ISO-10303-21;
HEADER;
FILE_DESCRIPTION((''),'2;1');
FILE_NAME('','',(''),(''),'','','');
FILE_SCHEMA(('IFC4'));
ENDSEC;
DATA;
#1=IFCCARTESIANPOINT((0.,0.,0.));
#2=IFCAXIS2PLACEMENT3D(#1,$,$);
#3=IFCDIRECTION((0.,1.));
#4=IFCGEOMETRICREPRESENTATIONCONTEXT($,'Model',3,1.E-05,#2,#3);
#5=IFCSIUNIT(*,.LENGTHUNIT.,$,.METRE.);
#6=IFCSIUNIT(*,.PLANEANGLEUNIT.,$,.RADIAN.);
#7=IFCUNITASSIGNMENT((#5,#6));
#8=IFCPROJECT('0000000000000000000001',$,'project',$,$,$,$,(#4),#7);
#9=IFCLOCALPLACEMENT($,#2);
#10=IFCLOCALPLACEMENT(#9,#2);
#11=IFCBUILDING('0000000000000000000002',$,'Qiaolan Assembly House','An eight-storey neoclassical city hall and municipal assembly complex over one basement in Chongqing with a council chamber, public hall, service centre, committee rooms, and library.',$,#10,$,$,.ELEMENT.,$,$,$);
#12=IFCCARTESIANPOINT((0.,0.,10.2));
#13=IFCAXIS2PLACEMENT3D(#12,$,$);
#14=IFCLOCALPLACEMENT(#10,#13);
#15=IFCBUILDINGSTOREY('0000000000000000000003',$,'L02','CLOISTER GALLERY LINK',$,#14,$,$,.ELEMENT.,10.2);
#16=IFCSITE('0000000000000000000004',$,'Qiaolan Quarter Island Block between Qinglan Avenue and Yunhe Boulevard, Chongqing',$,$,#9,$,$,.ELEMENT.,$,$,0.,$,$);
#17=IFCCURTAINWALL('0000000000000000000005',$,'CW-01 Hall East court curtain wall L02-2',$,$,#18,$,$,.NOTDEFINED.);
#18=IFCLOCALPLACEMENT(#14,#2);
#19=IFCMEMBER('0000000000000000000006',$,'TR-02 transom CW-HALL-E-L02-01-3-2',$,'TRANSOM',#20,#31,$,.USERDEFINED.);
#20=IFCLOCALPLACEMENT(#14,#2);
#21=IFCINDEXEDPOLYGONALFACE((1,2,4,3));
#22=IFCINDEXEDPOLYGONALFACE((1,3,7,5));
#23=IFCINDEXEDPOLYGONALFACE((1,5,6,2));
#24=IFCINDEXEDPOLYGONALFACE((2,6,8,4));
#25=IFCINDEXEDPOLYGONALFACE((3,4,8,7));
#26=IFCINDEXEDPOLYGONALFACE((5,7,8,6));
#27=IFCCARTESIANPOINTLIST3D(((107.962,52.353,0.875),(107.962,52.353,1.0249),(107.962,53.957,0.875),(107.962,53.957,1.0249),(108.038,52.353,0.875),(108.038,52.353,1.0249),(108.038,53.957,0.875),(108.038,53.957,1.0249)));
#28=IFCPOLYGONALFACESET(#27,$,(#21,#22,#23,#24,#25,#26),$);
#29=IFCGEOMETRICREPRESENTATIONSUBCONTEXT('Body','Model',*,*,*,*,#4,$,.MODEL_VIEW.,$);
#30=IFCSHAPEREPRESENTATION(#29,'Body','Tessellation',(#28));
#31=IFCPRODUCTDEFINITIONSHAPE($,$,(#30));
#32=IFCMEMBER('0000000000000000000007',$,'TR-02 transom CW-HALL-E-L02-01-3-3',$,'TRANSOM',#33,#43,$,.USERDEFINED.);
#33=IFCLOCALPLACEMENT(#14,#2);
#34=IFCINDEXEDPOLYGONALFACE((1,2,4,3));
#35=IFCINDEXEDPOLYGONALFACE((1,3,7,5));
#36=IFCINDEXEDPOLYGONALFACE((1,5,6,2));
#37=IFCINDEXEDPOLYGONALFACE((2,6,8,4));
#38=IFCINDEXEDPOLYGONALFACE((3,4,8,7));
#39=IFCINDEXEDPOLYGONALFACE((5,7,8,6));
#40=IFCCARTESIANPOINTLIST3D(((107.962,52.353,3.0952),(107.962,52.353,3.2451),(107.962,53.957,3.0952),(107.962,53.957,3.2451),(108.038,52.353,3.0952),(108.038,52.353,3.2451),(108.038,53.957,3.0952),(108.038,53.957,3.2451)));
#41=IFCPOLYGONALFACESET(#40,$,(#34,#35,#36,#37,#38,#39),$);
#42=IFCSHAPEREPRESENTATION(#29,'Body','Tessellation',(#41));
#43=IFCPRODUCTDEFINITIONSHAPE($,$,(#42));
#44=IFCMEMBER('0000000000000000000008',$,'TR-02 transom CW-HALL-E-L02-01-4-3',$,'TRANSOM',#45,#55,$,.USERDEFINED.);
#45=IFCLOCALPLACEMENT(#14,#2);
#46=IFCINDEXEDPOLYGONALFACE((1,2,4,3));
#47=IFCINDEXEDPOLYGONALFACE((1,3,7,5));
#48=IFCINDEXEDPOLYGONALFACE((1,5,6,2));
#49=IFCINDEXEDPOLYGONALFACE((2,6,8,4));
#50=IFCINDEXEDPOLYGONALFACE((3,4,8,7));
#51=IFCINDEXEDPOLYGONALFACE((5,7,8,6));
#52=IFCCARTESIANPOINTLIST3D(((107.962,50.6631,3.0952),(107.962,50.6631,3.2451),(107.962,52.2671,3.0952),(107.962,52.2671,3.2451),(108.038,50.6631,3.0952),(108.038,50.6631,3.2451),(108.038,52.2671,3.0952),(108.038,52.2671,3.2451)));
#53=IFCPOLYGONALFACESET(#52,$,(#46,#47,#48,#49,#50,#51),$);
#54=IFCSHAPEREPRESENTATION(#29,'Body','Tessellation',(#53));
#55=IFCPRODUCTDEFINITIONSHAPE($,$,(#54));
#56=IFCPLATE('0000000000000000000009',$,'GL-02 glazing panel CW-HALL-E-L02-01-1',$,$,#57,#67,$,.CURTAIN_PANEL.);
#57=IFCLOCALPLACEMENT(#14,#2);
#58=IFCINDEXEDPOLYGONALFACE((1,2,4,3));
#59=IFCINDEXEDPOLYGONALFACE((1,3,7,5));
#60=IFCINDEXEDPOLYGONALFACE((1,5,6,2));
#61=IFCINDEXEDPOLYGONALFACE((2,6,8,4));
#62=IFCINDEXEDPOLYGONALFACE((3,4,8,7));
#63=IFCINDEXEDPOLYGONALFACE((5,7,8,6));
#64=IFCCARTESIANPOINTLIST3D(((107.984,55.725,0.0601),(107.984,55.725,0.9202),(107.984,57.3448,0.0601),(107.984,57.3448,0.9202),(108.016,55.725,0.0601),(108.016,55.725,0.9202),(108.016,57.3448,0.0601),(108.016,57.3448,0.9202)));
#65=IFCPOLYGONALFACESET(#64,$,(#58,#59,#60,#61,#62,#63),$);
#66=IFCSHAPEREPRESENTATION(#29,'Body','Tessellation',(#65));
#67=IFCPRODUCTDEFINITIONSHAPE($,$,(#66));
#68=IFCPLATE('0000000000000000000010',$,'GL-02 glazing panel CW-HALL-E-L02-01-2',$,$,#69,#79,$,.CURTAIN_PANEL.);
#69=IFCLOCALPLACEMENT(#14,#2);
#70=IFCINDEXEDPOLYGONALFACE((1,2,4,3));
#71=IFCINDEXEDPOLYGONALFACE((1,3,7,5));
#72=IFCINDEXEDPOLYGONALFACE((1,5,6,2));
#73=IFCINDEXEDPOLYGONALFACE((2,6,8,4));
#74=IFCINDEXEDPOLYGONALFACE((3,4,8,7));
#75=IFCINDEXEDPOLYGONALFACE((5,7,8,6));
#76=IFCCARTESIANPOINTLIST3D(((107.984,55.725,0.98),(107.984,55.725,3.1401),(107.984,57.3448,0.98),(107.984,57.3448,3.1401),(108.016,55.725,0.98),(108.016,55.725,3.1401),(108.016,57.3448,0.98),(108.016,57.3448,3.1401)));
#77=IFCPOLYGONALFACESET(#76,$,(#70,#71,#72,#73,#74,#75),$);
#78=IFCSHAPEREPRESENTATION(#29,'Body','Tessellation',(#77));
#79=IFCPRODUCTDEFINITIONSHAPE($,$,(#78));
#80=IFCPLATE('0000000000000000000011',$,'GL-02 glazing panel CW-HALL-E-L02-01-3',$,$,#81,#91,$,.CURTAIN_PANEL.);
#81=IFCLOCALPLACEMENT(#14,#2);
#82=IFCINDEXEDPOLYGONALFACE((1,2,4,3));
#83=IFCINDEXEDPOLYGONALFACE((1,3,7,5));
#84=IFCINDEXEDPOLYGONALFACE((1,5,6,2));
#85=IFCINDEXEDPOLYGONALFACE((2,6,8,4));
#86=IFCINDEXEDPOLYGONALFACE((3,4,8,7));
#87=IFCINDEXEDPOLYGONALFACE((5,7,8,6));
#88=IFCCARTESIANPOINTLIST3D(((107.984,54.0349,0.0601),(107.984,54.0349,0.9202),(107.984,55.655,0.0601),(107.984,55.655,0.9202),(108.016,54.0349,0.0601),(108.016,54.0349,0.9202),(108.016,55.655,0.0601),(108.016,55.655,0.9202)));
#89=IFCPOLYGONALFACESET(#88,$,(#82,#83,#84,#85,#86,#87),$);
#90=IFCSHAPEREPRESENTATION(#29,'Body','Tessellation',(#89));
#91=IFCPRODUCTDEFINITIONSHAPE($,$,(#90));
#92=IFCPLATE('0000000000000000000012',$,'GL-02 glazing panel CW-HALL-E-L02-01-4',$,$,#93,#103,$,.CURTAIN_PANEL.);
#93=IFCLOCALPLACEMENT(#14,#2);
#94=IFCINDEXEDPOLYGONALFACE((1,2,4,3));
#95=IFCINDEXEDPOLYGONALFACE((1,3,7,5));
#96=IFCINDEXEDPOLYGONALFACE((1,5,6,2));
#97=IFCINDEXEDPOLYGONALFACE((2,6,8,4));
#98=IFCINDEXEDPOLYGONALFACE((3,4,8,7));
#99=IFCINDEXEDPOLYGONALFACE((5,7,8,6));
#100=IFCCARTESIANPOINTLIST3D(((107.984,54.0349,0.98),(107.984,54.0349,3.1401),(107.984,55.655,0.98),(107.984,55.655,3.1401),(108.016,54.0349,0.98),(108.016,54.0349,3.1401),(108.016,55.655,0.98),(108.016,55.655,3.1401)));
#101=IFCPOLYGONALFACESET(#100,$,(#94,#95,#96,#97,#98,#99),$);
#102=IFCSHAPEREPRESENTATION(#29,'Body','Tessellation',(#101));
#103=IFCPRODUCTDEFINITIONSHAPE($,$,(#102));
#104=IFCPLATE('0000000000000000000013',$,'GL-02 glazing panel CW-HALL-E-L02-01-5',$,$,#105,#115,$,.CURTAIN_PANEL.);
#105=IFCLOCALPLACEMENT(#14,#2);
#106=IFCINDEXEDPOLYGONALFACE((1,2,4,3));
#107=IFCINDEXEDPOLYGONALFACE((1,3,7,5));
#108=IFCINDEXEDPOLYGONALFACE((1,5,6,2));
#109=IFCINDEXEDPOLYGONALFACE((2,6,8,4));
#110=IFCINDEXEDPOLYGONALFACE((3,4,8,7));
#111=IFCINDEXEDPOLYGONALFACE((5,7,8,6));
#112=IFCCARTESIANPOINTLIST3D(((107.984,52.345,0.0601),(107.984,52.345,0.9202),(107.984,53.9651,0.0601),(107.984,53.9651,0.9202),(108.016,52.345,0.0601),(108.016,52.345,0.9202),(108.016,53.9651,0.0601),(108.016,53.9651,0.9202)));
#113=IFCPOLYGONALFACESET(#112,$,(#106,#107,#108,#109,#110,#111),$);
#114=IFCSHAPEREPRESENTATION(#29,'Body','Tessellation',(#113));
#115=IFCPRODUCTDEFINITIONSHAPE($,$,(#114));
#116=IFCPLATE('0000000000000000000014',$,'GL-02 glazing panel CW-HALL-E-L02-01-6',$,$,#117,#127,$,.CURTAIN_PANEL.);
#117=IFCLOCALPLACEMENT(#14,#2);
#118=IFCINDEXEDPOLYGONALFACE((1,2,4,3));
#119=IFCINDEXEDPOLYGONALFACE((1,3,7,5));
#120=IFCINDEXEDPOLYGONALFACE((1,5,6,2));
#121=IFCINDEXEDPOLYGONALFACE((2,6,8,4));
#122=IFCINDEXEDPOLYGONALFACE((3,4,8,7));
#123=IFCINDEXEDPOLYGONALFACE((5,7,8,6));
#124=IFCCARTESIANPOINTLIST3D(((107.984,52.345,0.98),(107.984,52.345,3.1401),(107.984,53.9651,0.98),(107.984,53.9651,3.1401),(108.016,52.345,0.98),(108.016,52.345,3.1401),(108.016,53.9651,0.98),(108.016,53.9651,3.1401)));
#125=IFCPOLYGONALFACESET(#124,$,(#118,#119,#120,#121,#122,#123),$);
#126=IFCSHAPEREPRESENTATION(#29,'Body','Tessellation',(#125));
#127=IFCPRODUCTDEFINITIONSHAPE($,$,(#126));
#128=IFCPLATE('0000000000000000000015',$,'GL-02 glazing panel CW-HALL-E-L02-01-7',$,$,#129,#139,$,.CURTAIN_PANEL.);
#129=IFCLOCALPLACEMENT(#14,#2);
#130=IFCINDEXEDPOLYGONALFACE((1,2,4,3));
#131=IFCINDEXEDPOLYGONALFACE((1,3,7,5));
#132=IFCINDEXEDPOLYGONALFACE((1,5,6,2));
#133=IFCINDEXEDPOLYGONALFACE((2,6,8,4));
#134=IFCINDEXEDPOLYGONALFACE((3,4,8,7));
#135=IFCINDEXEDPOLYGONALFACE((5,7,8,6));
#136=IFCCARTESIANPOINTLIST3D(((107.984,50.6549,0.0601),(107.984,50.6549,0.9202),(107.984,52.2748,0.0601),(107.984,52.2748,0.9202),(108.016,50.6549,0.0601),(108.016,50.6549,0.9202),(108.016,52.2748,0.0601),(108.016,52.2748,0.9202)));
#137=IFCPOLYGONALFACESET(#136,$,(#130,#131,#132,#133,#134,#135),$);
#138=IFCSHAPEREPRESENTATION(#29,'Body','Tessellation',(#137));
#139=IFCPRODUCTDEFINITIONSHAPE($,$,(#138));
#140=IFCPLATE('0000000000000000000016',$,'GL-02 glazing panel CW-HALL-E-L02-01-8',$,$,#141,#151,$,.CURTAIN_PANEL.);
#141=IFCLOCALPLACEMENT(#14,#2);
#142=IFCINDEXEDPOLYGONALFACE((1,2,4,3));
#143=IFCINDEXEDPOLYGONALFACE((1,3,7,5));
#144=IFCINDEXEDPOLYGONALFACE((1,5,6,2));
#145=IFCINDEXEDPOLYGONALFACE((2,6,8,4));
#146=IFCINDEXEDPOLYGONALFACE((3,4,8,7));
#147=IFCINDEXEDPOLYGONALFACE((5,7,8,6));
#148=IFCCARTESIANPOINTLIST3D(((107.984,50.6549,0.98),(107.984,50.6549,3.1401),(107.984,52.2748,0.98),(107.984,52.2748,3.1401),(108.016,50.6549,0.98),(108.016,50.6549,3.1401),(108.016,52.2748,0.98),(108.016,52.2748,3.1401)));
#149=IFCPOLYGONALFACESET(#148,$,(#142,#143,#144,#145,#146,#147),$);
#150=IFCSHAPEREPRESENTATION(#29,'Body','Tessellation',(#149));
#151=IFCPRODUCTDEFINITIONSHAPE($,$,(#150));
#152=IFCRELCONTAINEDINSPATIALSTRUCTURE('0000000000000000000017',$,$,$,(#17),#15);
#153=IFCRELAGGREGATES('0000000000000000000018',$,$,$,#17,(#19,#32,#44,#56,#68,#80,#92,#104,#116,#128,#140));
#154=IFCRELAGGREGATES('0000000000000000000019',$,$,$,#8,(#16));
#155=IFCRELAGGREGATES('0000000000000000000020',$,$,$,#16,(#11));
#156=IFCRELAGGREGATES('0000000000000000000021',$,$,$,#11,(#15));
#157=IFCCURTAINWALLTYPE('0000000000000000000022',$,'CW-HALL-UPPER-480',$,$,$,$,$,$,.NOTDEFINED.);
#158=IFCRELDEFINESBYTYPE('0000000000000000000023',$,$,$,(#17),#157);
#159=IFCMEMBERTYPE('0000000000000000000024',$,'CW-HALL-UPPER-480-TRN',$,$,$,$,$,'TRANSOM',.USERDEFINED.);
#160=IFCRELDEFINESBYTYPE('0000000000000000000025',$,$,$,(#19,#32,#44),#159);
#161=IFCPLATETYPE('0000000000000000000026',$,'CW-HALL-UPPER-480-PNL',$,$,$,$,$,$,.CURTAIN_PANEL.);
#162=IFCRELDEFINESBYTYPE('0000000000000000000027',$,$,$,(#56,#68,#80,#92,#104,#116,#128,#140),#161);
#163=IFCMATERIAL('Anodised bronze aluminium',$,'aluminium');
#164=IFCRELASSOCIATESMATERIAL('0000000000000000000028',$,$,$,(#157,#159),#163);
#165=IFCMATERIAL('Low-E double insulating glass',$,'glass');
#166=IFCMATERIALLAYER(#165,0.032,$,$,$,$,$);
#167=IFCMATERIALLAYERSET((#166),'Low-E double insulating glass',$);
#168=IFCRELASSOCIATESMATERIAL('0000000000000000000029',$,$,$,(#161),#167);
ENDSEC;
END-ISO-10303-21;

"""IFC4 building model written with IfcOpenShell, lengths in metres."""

from ifc_helpers import new_model, si_unit, direction, frame, frame_2d, origin, origin_2d, place, context, subcontext, project, spatial, rectangle, extrude, material, layer, layer_set, material_profile, profile_set, type_object, element, aggregate, save


model = new_model("IFC4")

# Units and contexts
model_context = context("Model", 3, precision=1e-05, world=origin(), true_north=direction((0.0, 1.0)))
body_context = subcontext(model_context, "Body", "Model", "MODEL_VIEW")
ifc_project = project(units=[si_unit("LENGTHUNIT", "METRE"), si_unit("PLANEANGLEUNIT", "RADIAN")], contexts=[model_context])

# Site, building, storey
site_placement = place(None, origin())
site = spatial("IfcSite", under=ifc_project, at=site_placement, Name="Qiaolan Quarter Island Block between Qinglan Avenue and Yunhe Boulevard, Chongqing", CompositionType="ELEMENT", RefElevation=0.0)
building_placement = place(site_placement, origin())
building = spatial("IfcBuilding", under=site, at=building_placement, Name="Qiaolan Assembly House", Description="An eight-storey neoclassical city hall and municipal assembly complex over one basement in Chongqing with a council chamber, public hall, service centre, committee rooms, and library.", CompositionType="ELEMENT")
storey_placement = place(building_placement, frame((0.0, 0.0, 10.2)))
storey = spatial("IfcBuildingStorey", under=building, at=storey_placement, Name="L02", Description="CLOISTER GALLERY LINK", CompositionType="ELEMENT", Elevation=10.2)

# Curtain wall, members, plates
ifc_material_1 = material(Name="Anodised bronze aluminium", Category="aluminium")
curtain_wall_type = type_object("IfcCurtainWallType", Name="CW-HALL-UPPER-480", PredefinedType="NOTDEFINED", material=ifc_material_1)
curtain_wall_placement = place(storey_placement, origin())
curtain_wall = element("IfcCurtainWall", 1, at=curtain_wall_placement, inside=storey, type_object=curtain_wall_type, Name="CW-01 Hall East court curtain wall L02-2", PredefinedType="NOTDEFINED")
ifc_material_profile_1 = material_profile(ifc_material_1, rectangle(XDim=0.0759, YDim=0.1499, at=origin_2d()), Name="TRN 76x150")
ifc_profile_set_1 = profile_set([ifc_material_profile_1], Name="Anodised bronze aluminium")
member_type_1 = type_object("IfcMemberType", Name="CW-HALL-UPPER-480-TRN", ElementType="TRANSOM", PredefinedType="USERDEFINED", material=ifc_profile_set_1)
member_1_placement = place(storey_placement, frame((108.0, 53.957, 0.95), z_axis=(0.0, -1.0, 0.0), x_axis=(1.0, 0.0, 0.0)))
member_1 = element("IfcMember", 2, at=member_1_placement, type_object=member_type_1, Name="TR-02 transom CW-HALL-E-L02-01-3-2", ObjectType="TRANSOM", PredefinedType="USERDEFINED", context=body_context, shape_type="SweptSolid", body=[
    extrude(rectangle(XDim=0.0759, YDim=0.1499, at=origin_2d()), origin(), (0.0, 0.0, 1.0), 1.604),
])
member_2_placement = place(storey_placement, frame((108.0, 53.957, 3.1702), z_axis=(0.0, -1.0, 0.0), x_axis=(1.0, 0.0, 0.0)))
member_2 = element("IfcMember", 3, at=member_2_placement, type_object=member_type_1, Name="TR-02 transom CW-HALL-E-L02-01-3-3", ObjectType="TRANSOM", PredefinedType="USERDEFINED", context=body_context, shape_type="SweptSolid", body=[
    extrude(rectangle(XDim=0.0759, YDim=0.1499, at=origin_2d()), origin(), (0.0, 0.0, 1.0), 1.604),
])
member_3_placement = place(storey_placement, frame((108.0, 52.2671, 3.1702), z_axis=(0.0, -1.0, 0.0), x_axis=(1.0, 0.0, 0.0)))
member_3 = element("IfcMember", 4, at=member_3_placement, type_object=member_type_1, Name="TR-02 transom CW-HALL-E-L02-01-4-3", ObjectType="TRANSOM", PredefinedType="USERDEFINED", context=body_context, shape_type="SweptSolid", body=[
    extrude(rectangle(XDim=0.0759, YDim=0.1499, at=origin_2d()), origin(), (0.0, 0.0, 1.0), 1.604),
])
ifc_material_2 = material(Name="Low-E double insulating glass", Category="glass")
ifc_layer = layer(ifc_material_2, 0.032)
ifc_layer_set = layer_set([ifc_layer], Name="Low-E double insulating glass")
plate_type = type_object("IfcPlateType", Name="CW-HALL-UPPER-480-PNL", PredefinedType="CURTAIN_PANEL", material=ifc_layer_set)
plate_1_placement = place(storey_placement, frame((108.0, 57.345, 0.0601), z_axis=(0.0, 0.0, 1.0), x_axis=(0.0, -1.0, 0.0)))
plate_1 = element("IfcPlate", 5, at=plate_1_placement, type_object=plate_type, Name="GL-02 glazing panel CW-HALL-E-L02-01-1", PredefinedType="CURTAIN_PANEL", context=body_context, shape_type="SweptSolid", body=[
    extrude(rectangle(XDim=1.6199, YDim=0.032, at=frame_2d((0.8101, 0.0))), origin(), (0.0, 0.0, 1.0), 0.8601),
])
plate_2_placement = place(storey_placement, frame((108.0, 57.345, 0.98), z_axis=(0.0, 0.0, 1.0), x_axis=(0.0, -1.0, 0.0)))
plate_2 = element("IfcPlate", 6, at=plate_2_placement, type_object=plate_type, Name="GL-02 glazing panel CW-HALL-E-L02-01-2", PredefinedType="CURTAIN_PANEL", context=body_context, shape_type="SweptSolid", body=[
    extrude(rectangle(XDim=1.6199, YDim=0.032, at=frame_2d((0.8101, 0.0))), origin(), (0.0, 0.0, 1.0), 2.1602),
])
plate_3_placement = place(storey_placement, frame((108.0, 55.655, 0.0601), z_axis=(0.0, 0.0, 1.0), x_axis=(0.0, -1.0, 0.0)))
plate_3 = element("IfcPlate", 7, at=plate_3_placement, type_object=plate_type, Name="GL-02 glazing panel CW-HALL-E-L02-01-3", PredefinedType="CURTAIN_PANEL", context=body_context, shape_type="SweptSolid", body=[
    extrude(rectangle(XDim=1.6201, YDim=0.032, at=frame_2d((0.8101, 0.0))), origin(), (0.0, 0.0, 1.0), 0.8601),
])
plate_4_placement = place(storey_placement, frame((108.0, 55.655, 0.98), z_axis=(0.0, 0.0, 1.0), x_axis=(0.0, -1.0, 0.0)))
plate_4 = element("IfcPlate", 8, at=plate_4_placement, type_object=plate_type, Name="GL-02 glazing panel CW-HALL-E-L02-01-4", PredefinedType="CURTAIN_PANEL", context=body_context, shape_type="SweptSolid", body=[
    extrude(rectangle(XDim=1.6201, YDim=0.032, at=frame_2d((0.8101, 0.0))), origin(), (0.0, 0.0, 1.0), 2.1602),
])
plate_5_placement = place(storey_placement, frame((108.0, 53.9651, 0.0601), z_axis=(0.0, 0.0, 1.0), x_axis=(0.0, -1.0, 0.0)))
plate_5 = element("IfcPlate", 9, at=plate_5_placement, type_object=plate_type, Name="GL-02 glazing panel CW-HALL-E-L02-01-5", PredefinedType="CURTAIN_PANEL", context=body_context, shape_type="SweptSolid", body=[
    extrude(rectangle(XDim=1.6201, YDim=0.032, at=frame_2d((0.8101, 0.0))), origin(), (0.0, 0.0, 1.0), 0.8601),
])
plate_6_placement = place(storey_placement, frame((108.0, 53.9651, 0.98), z_axis=(0.0, 0.0, 1.0), x_axis=(0.0, -1.0, 0.0)))
plate_6 = element("IfcPlate", 10, at=plate_6_placement, type_object=plate_type, Name="GL-02 glazing panel CW-HALL-E-L02-01-6", PredefinedType="CURTAIN_PANEL", context=body_context, shape_type="SweptSolid", body=[
    extrude(rectangle(XDim=1.6201, YDim=0.032, at=frame_2d((0.8101, 0.0))), origin(), (0.0, 0.0, 1.0), 2.1602),
])
plate_7_placement = place(storey_placement, frame((108.0, 52.2749, 0.0601), z_axis=(0.0, 0.0, 1.0), x_axis=(0.0, -1.0, 0.0)))
plate_7 = element("IfcPlate", 11, at=plate_7_placement, type_object=plate_type, Name="GL-02 glazing panel CW-HALL-E-L02-01-7", PredefinedType="CURTAIN_PANEL", context=body_context, shape_type="SweptSolid", body=[
    extrude(rectangle(XDim=1.6199, YDim=0.032, at=frame_2d((0.8101, 0.0))), origin(), (0.0, 0.0, 1.0), 0.8601),
])
plate_8_placement = place(storey_placement, frame((108.0, 52.2749, 0.98), z_axis=(0.0, 0.0, 1.0), x_axis=(0.0, -1.0, 0.0)))
plate_8 = element("IfcPlate", 12, at=plate_8_placement, type_object=plate_type, Name="GL-02 glazing panel CW-HALL-E-L02-01-8", PredefinedType="CURTAIN_PANEL", context=body_context, shape_type="SweptSolid", body=[
    extrude(rectangle(XDim=1.6199, YDim=0.032, at=frame_2d((0.8101, 0.0))), origin(), (0.0, 0.0, 1.0), 2.1602),
])
aggregate(curtain_wall, [member_1, member_2, member_3, plate_1, plate_2, plate_3, plate_4, plate_5, plate_6, plate_7, plate_8])

save(model, "model.ifc")
